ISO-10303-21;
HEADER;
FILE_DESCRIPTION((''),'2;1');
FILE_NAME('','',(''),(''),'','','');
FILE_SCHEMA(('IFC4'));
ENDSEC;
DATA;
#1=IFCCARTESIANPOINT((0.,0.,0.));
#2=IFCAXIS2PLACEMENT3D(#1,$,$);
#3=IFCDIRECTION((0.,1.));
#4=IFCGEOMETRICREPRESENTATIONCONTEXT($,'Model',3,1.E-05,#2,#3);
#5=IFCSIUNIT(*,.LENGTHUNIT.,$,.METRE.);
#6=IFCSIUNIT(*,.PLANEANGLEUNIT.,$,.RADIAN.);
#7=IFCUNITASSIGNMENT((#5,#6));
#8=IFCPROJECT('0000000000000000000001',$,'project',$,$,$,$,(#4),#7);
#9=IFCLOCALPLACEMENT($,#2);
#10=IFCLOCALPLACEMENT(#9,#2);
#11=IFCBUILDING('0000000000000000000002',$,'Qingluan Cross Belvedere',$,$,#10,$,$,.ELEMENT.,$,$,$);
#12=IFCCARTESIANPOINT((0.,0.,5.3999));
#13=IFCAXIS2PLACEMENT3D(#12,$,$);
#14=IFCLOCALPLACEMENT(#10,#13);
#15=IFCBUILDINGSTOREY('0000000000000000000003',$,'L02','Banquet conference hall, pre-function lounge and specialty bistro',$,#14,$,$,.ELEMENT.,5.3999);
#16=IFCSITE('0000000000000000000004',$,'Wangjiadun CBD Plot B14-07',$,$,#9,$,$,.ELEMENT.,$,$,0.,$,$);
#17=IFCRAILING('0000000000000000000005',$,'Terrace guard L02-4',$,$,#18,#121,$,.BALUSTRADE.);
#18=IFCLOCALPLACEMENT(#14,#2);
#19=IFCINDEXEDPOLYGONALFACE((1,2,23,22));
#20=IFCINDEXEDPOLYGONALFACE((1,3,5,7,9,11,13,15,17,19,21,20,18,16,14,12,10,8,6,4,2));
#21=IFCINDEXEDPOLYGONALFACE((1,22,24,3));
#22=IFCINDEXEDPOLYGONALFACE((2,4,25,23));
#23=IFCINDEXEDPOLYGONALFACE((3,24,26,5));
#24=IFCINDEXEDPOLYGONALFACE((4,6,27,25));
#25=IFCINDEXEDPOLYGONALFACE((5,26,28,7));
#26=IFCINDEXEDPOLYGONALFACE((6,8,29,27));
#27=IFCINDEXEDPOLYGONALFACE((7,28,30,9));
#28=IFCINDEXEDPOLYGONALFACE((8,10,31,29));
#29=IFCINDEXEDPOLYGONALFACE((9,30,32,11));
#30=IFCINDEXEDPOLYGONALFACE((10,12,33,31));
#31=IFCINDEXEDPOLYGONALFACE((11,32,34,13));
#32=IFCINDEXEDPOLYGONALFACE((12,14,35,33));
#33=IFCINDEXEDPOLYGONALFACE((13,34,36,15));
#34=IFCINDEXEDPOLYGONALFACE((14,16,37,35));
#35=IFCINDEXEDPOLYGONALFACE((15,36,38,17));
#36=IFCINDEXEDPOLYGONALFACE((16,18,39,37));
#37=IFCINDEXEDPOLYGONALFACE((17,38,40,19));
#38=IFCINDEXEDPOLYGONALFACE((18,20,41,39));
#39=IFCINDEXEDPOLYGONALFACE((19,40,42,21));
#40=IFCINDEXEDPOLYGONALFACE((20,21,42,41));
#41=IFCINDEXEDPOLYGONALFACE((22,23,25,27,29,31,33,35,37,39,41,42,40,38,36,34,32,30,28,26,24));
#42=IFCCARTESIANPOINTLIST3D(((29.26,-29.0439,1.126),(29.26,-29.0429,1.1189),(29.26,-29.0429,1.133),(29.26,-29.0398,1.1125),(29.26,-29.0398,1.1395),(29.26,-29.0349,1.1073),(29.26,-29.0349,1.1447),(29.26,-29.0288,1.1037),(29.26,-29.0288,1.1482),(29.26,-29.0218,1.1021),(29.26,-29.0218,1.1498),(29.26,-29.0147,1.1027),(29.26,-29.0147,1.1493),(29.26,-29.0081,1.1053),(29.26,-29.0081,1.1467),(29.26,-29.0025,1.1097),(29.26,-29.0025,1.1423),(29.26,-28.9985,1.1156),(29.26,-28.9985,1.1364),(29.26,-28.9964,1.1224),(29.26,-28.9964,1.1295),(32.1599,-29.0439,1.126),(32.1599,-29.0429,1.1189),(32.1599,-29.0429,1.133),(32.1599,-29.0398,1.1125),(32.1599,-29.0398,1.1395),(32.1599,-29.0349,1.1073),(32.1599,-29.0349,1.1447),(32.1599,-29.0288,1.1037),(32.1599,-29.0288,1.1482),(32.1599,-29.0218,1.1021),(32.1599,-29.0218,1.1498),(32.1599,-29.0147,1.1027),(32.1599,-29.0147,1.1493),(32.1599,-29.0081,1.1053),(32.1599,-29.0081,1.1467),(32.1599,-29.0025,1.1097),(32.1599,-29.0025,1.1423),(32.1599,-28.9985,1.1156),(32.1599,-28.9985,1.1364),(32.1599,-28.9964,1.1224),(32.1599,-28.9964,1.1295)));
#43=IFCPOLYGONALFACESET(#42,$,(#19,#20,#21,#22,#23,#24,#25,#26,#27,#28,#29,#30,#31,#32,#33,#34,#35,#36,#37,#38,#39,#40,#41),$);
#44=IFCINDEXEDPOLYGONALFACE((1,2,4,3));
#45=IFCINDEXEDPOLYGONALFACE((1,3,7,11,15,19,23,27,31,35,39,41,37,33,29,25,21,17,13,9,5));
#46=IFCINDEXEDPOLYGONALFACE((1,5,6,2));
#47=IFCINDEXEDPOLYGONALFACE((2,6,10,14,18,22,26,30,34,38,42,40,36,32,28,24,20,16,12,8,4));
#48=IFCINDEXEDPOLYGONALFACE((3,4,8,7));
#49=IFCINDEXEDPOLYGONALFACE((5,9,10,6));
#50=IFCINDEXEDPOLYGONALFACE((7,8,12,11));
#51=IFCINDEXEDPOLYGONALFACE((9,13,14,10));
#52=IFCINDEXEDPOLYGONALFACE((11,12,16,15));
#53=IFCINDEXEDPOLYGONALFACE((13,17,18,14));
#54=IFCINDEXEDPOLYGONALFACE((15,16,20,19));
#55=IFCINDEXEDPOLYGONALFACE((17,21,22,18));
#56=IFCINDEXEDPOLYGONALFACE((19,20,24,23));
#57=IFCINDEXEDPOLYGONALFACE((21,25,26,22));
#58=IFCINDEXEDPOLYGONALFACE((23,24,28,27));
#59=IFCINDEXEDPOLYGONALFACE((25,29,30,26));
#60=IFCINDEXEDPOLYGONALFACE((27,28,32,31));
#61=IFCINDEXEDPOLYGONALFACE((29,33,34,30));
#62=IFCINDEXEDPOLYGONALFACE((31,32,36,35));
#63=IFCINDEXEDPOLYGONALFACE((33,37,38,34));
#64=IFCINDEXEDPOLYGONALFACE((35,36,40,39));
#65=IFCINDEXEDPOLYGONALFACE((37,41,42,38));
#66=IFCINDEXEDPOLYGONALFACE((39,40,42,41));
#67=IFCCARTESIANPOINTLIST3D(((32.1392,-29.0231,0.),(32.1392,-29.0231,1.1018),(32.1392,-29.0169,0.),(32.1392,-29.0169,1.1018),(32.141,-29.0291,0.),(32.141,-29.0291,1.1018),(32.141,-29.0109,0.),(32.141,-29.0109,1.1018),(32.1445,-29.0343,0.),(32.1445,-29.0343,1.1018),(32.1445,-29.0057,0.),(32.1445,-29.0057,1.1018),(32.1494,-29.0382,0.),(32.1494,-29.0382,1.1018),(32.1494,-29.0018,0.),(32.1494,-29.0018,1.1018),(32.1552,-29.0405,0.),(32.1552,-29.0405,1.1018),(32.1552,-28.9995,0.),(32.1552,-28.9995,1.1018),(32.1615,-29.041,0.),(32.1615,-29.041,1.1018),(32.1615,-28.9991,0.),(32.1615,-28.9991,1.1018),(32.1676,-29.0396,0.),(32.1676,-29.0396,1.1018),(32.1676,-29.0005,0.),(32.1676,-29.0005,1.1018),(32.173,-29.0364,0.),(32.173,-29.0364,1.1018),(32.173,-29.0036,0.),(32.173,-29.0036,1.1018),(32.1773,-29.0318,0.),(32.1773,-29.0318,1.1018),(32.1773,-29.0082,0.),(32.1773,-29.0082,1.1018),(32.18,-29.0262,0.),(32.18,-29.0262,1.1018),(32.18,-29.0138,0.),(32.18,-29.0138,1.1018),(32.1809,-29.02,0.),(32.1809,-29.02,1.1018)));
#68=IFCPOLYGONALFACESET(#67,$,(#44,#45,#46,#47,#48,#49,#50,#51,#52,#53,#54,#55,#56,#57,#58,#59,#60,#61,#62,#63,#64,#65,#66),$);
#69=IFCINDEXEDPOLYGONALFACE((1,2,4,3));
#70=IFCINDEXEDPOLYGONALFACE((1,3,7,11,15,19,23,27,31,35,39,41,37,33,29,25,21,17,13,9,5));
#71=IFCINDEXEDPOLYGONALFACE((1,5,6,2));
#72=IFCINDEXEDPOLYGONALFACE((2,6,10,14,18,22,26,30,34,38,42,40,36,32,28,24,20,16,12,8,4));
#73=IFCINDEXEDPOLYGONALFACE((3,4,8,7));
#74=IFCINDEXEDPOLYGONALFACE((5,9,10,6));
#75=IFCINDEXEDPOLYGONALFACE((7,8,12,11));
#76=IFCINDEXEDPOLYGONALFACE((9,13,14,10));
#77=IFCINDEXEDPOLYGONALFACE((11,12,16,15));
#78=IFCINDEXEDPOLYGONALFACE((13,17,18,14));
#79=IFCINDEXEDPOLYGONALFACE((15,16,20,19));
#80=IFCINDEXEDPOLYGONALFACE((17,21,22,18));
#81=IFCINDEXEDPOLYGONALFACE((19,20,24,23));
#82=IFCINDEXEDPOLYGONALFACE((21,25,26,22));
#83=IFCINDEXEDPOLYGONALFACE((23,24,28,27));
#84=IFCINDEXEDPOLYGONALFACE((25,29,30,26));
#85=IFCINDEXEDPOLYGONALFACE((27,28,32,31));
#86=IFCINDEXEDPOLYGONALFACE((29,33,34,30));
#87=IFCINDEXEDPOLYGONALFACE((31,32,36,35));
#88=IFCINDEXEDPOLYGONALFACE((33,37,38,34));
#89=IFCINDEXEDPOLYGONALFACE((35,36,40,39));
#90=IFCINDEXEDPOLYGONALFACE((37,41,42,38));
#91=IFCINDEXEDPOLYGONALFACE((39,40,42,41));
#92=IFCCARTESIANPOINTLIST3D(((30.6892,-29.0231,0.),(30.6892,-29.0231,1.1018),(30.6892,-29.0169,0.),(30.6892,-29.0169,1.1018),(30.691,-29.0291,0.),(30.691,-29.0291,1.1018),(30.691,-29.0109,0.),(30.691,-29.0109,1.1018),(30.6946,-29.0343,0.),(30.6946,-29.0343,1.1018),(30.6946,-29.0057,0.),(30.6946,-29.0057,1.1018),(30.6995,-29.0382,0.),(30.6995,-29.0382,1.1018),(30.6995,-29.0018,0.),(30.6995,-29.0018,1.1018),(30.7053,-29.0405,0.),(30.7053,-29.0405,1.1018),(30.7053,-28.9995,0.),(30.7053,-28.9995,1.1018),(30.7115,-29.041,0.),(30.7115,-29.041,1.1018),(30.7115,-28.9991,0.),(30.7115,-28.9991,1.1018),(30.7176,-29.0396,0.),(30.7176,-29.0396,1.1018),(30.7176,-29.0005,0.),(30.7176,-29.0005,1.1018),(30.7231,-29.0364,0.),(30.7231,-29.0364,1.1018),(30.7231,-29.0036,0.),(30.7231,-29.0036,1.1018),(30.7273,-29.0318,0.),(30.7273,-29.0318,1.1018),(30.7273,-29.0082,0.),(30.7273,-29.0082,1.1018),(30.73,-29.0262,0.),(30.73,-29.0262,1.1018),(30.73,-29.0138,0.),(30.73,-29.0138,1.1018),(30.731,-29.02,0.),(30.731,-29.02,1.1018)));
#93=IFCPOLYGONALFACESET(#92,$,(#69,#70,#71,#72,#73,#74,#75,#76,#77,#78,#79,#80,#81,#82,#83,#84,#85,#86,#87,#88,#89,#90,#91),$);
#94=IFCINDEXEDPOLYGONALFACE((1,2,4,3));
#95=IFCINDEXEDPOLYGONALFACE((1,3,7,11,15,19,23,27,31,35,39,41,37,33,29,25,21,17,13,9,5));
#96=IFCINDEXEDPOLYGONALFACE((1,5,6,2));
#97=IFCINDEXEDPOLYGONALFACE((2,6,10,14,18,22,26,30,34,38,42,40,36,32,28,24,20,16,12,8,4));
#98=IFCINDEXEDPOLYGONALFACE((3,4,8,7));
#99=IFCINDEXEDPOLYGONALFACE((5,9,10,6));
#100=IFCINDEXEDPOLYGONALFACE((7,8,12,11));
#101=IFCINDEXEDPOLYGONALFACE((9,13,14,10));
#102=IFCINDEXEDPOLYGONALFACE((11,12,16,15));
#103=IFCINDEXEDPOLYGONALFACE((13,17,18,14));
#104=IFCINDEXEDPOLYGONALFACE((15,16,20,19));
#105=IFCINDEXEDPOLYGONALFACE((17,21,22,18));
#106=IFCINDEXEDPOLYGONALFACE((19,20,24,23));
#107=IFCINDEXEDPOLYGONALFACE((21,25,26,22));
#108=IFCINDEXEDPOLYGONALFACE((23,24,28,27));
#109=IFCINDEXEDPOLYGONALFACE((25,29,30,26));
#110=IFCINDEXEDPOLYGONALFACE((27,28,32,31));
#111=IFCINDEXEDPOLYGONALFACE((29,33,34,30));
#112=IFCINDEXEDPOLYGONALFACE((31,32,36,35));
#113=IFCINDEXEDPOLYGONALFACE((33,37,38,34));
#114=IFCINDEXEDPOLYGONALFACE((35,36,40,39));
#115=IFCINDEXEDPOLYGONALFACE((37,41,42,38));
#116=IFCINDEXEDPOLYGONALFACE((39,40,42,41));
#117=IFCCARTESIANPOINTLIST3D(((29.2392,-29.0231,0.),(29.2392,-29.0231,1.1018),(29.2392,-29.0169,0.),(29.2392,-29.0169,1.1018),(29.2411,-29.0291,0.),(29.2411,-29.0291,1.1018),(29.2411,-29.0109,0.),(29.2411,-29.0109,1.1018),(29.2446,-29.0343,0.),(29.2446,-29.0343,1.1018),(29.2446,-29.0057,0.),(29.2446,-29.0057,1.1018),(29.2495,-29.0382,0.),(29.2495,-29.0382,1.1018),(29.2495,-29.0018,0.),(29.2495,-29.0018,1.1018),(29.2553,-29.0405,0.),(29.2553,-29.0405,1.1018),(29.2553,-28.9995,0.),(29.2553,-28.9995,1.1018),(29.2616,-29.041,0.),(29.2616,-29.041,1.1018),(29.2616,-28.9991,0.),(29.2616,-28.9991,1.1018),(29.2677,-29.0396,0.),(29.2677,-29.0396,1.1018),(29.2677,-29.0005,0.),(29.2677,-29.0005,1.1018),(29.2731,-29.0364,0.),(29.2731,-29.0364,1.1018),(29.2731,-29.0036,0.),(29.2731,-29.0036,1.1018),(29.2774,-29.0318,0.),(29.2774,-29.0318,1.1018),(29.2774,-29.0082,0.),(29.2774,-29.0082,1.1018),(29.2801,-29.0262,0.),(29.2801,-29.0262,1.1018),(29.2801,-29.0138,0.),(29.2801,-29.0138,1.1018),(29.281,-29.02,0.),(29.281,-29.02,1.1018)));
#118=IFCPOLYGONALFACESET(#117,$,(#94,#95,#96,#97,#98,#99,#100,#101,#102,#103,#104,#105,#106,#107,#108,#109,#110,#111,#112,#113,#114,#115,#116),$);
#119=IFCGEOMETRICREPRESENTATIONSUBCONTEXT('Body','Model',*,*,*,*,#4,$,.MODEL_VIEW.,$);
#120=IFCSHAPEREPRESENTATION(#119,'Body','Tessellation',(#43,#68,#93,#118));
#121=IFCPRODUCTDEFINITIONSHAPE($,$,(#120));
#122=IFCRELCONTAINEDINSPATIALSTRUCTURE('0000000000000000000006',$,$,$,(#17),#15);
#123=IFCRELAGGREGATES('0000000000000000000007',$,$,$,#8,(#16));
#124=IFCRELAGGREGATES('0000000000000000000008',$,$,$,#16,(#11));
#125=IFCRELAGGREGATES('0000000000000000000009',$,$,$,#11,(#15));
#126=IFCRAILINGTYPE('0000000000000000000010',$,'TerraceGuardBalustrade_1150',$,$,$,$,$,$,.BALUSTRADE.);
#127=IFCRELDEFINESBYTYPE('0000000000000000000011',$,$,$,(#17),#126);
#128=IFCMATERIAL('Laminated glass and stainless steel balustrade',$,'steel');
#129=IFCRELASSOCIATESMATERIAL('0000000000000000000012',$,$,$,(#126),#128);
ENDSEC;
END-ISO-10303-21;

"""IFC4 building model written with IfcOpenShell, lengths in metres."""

from ifc_helpers import new_model, si_unit, direction, frame, origin, origin_2d, place, context, subcontext, project, spatial, circle, extrude, material, type_object, element, save


model = new_model("IFC4")

# Units and contexts
model_context = context("Model", 3, precision=1e-05, world=origin(), true_north=direction((0.0, 1.0)))
body_context = subcontext(model_context, "Body", "Model", "MODEL_VIEW")
ifc_project = project(units=[si_unit("LENGTHUNIT", "METRE"), si_unit("PLANEANGLEUNIT", "RADIAN")], contexts=[model_context])

# Site, building, storey
site_placement = place(None, origin())
site = spatial("IfcSite", under=ifc_project, at=site_placement, Name="Wangjiadun CBD Plot B14-07", CompositionType="ELEMENT", RefElevation=0.0)
building_placement = place(site_placement, origin())
building = spatial("IfcBuilding", under=site, at=building_placement, Name="Qingluan Cross Belvedere", CompositionType="ELEMENT")
storey_placement = place(building_placement, frame((0.0, 0.0, 5.3999)))
storey = spatial("IfcBuildingStorey", under=building, at=storey_placement, Name="L02", Description="Banquet conference hall, pre-function lounge and specialty bistro", CompositionType="ELEMENT", Elevation=5.3999)

# Railing
ifc_material_1 = material(Name="Laminated glass and stainless steel balustrade", Category="steel")
railing_type_1 = type_object("IfcRailingType", Name="TerraceGuardBalustrade_1150", PredefinedType="BALUSTRADE", material=ifc_material_1)
railing_1_placement = place(storey_placement, frame((32.1599, -29.02, 0.0)))
element("IfcRailing", 1, at=railing_1_placement, inside=storey, type_object=railing_type_1, Name="Terrace guard L02-4", PredefinedType="BALUSTRADE", context=body_context, shape_type="SweptSolid", body=[
    extrude(circle(Radius=0.0239, at=origin_2d()), frame((0.0, 0.0, 1.126), z_axis=(-1.0, 0.0, 0.0), x_axis=(0.0, -1.0, 0.0)), (0.0, 0.0, 1.0), 2.8999),
    extrude(circle(Radius=0.021, at=origin_2d()), origin(), (0.0, 0.0, 1.0), 1.1018),
    extrude(circle(Radius=0.021, at=origin_2d()), frame((-1.45, 0.0, 0.0)), (0.0, 0.0, 1.0), 1.1018),
    extrude(circle(Radius=0.021, at=origin_2d()), frame((-2.8999, 0.0, 0.0)), (0.0, 0.0, 1.0), 1.1018),
])

save(model, "model.ifc")
